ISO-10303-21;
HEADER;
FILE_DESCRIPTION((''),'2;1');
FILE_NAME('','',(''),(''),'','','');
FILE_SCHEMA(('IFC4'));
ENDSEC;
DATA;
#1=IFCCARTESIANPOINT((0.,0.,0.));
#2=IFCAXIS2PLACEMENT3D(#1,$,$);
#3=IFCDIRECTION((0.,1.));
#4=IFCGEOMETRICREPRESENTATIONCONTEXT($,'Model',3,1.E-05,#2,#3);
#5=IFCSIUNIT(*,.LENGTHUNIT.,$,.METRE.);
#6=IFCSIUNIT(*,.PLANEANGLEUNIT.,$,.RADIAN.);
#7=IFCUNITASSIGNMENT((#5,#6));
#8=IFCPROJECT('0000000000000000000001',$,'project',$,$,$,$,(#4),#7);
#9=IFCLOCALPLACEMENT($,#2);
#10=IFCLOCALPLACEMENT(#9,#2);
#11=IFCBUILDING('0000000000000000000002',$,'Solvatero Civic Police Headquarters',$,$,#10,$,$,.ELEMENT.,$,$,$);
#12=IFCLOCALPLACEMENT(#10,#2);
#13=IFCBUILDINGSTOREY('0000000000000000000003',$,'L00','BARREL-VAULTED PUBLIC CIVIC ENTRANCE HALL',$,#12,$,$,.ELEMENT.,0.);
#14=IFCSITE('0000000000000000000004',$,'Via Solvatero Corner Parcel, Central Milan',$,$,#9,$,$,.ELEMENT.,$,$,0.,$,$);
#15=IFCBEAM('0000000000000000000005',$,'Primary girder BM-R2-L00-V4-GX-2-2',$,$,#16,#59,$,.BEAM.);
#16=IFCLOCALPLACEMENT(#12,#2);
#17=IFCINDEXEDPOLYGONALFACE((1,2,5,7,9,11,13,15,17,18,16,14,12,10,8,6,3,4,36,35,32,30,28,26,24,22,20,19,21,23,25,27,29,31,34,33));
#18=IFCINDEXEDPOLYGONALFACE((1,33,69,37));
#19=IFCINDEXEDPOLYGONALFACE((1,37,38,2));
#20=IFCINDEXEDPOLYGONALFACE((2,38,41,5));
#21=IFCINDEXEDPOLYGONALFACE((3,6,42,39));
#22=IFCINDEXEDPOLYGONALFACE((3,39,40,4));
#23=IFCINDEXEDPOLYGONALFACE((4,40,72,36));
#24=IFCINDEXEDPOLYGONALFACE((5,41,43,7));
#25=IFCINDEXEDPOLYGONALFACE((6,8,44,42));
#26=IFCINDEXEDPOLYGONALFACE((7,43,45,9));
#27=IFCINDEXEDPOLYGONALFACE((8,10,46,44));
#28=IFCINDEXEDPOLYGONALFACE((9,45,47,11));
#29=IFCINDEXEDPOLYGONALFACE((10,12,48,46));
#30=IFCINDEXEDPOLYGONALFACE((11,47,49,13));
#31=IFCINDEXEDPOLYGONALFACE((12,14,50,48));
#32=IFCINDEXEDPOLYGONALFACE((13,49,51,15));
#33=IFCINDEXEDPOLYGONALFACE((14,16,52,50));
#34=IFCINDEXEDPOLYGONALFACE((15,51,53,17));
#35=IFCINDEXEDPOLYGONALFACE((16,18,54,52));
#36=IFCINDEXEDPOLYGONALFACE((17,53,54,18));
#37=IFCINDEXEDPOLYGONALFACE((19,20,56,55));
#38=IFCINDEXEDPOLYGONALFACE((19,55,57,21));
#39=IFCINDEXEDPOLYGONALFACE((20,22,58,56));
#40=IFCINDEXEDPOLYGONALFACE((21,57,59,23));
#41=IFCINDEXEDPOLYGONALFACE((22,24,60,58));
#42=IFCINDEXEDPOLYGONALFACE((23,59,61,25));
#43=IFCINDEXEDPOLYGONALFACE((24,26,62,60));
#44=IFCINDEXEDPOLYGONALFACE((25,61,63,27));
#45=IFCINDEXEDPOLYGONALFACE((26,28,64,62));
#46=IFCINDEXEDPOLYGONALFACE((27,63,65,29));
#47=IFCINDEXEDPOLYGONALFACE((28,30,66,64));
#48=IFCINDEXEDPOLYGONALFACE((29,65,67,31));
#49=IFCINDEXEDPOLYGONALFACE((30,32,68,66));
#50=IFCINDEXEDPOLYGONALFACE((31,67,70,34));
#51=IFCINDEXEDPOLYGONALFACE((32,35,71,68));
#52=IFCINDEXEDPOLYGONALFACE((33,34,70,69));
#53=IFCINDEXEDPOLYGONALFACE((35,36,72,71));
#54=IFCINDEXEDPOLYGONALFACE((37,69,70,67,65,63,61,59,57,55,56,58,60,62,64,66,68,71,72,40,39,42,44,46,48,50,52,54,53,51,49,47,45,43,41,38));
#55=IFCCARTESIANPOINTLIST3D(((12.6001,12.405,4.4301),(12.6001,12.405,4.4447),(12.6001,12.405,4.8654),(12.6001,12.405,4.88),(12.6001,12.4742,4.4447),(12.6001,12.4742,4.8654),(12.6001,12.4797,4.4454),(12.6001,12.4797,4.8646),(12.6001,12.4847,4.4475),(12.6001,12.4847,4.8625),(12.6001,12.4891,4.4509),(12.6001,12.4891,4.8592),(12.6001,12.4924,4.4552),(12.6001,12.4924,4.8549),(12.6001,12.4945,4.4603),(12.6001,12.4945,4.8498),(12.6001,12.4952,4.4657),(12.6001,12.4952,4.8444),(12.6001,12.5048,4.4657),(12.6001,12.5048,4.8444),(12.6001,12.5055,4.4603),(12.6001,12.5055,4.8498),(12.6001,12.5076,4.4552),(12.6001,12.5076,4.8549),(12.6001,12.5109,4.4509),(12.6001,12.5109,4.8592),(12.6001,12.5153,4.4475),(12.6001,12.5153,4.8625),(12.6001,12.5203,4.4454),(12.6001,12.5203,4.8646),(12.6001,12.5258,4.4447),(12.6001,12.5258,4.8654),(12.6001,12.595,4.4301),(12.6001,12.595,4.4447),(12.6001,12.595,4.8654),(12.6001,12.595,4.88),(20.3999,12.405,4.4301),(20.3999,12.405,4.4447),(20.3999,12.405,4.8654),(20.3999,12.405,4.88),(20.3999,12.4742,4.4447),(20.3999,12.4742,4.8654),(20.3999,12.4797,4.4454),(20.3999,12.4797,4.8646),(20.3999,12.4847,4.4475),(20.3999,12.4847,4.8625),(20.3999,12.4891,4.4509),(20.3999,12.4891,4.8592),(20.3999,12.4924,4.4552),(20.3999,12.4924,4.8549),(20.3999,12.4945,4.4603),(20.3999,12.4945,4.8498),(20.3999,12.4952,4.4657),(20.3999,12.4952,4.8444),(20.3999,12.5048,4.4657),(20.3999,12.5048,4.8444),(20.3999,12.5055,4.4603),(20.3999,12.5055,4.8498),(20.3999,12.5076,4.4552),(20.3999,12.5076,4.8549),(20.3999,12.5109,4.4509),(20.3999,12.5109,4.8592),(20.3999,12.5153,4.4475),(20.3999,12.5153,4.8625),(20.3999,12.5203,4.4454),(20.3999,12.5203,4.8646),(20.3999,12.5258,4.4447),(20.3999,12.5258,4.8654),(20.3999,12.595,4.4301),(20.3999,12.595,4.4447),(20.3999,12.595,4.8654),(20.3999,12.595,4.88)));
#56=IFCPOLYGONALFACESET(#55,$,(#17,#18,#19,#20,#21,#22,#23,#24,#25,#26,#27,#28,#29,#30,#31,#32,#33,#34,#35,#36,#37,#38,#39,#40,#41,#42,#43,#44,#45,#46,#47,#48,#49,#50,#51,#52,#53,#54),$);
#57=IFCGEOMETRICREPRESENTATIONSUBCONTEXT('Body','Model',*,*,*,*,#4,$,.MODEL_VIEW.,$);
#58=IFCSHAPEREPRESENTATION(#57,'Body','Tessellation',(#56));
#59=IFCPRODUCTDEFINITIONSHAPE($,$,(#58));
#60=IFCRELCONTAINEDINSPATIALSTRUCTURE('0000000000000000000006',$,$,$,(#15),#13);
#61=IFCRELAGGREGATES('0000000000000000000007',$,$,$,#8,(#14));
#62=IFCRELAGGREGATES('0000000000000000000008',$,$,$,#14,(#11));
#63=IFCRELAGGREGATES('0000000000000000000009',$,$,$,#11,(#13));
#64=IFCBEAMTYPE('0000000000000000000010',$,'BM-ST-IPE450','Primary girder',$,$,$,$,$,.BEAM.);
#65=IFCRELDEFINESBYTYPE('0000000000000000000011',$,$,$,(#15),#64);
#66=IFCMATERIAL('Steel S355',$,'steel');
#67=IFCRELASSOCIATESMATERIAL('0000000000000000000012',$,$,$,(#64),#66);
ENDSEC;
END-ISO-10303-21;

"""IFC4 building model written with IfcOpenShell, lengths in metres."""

from ifc_helpers import new_model, si_unit, direction, frame, origin, origin_2d, place, context, subcontext, project, spatial, i_section, extrude, material, material_profile, profile_set, type_object, element, save


model = new_model("IFC4")

# Units and contexts
model_context = context("Model", 3, precision=1e-05, world=origin(), true_north=direction((0.0, 1.0)))
body_context = subcontext(model_context, "Body", "Model", "MODEL_VIEW")
ifc_project = project(units=[si_unit("LENGTHUNIT", "METRE"), si_unit("PLANEANGLEUNIT", "RADIAN")], contexts=[model_context])

# Site, building, storey
site_placement = place(None, origin())
site = spatial("IfcSite", under=ifc_project, at=site_placement, Name="Via Solvatero Corner Parcel, Central Milan", CompositionType="ELEMENT", RefElevation=0.0)
building_placement = place(site_placement, origin())
building = spatial("IfcBuilding", under=site, at=building_placement, Name="Solvatero Civic Police Headquarters", CompositionType="ELEMENT")
storey_placement = place(building_placement, origin())
storey = spatial("IfcBuildingStorey", under=building, at=storey_placement, Name="L00", Description="BARREL-VAULTED PUBLIC CIVIC ENTRANCE HALL", CompositionType="ELEMENT", Elevation=0.0)

# Beam
ifc_material_1 = material(Name="Steel S355", Category="steel")
ifc_material_profile_1 = material_profile(ifc_material_1, i_section(OverallWidth=0.1899, OverallDepth=0.45, WebThickness=0.0095, FlangeThickness=0.0146, FilletRadius=0.021, at=origin_2d()), Name="IPE 450")
ifc_profile_set_1 = profile_set([ifc_material_profile_1], Name="Steel S355")
beam_type_1 = type_object("IfcBeamType", Name="BM-ST-IPE450", Description="Primary girder", PredefinedType="BEAM", material=ifc_profile_set_1)
beam_1_placement = place(storey_placement, frame((12.6001, 12.5, 4.655), z_axis=(1.0, 0.0, 0.0), x_axis=(0.0, 1.0, 0.0)))
element("IfcBeam", 1, at=beam_1_placement, inside=storey, type_object=beam_type_1, Name="Primary girder BM-R2-L00-V4-GX-2-2", PredefinedType="BEAM", context=body_context, shape_type="SweptSolid", body=[
    extrude(i_section(OverallWidth=0.1899, OverallDepth=0.45, WebThickness=0.0095, FlangeThickness=0.0146, FilletRadius=0.021, at=origin_2d()), origin(), (0.0, 0.0, 1.0), 7.7998),
])

save(model, "model.ifc")
